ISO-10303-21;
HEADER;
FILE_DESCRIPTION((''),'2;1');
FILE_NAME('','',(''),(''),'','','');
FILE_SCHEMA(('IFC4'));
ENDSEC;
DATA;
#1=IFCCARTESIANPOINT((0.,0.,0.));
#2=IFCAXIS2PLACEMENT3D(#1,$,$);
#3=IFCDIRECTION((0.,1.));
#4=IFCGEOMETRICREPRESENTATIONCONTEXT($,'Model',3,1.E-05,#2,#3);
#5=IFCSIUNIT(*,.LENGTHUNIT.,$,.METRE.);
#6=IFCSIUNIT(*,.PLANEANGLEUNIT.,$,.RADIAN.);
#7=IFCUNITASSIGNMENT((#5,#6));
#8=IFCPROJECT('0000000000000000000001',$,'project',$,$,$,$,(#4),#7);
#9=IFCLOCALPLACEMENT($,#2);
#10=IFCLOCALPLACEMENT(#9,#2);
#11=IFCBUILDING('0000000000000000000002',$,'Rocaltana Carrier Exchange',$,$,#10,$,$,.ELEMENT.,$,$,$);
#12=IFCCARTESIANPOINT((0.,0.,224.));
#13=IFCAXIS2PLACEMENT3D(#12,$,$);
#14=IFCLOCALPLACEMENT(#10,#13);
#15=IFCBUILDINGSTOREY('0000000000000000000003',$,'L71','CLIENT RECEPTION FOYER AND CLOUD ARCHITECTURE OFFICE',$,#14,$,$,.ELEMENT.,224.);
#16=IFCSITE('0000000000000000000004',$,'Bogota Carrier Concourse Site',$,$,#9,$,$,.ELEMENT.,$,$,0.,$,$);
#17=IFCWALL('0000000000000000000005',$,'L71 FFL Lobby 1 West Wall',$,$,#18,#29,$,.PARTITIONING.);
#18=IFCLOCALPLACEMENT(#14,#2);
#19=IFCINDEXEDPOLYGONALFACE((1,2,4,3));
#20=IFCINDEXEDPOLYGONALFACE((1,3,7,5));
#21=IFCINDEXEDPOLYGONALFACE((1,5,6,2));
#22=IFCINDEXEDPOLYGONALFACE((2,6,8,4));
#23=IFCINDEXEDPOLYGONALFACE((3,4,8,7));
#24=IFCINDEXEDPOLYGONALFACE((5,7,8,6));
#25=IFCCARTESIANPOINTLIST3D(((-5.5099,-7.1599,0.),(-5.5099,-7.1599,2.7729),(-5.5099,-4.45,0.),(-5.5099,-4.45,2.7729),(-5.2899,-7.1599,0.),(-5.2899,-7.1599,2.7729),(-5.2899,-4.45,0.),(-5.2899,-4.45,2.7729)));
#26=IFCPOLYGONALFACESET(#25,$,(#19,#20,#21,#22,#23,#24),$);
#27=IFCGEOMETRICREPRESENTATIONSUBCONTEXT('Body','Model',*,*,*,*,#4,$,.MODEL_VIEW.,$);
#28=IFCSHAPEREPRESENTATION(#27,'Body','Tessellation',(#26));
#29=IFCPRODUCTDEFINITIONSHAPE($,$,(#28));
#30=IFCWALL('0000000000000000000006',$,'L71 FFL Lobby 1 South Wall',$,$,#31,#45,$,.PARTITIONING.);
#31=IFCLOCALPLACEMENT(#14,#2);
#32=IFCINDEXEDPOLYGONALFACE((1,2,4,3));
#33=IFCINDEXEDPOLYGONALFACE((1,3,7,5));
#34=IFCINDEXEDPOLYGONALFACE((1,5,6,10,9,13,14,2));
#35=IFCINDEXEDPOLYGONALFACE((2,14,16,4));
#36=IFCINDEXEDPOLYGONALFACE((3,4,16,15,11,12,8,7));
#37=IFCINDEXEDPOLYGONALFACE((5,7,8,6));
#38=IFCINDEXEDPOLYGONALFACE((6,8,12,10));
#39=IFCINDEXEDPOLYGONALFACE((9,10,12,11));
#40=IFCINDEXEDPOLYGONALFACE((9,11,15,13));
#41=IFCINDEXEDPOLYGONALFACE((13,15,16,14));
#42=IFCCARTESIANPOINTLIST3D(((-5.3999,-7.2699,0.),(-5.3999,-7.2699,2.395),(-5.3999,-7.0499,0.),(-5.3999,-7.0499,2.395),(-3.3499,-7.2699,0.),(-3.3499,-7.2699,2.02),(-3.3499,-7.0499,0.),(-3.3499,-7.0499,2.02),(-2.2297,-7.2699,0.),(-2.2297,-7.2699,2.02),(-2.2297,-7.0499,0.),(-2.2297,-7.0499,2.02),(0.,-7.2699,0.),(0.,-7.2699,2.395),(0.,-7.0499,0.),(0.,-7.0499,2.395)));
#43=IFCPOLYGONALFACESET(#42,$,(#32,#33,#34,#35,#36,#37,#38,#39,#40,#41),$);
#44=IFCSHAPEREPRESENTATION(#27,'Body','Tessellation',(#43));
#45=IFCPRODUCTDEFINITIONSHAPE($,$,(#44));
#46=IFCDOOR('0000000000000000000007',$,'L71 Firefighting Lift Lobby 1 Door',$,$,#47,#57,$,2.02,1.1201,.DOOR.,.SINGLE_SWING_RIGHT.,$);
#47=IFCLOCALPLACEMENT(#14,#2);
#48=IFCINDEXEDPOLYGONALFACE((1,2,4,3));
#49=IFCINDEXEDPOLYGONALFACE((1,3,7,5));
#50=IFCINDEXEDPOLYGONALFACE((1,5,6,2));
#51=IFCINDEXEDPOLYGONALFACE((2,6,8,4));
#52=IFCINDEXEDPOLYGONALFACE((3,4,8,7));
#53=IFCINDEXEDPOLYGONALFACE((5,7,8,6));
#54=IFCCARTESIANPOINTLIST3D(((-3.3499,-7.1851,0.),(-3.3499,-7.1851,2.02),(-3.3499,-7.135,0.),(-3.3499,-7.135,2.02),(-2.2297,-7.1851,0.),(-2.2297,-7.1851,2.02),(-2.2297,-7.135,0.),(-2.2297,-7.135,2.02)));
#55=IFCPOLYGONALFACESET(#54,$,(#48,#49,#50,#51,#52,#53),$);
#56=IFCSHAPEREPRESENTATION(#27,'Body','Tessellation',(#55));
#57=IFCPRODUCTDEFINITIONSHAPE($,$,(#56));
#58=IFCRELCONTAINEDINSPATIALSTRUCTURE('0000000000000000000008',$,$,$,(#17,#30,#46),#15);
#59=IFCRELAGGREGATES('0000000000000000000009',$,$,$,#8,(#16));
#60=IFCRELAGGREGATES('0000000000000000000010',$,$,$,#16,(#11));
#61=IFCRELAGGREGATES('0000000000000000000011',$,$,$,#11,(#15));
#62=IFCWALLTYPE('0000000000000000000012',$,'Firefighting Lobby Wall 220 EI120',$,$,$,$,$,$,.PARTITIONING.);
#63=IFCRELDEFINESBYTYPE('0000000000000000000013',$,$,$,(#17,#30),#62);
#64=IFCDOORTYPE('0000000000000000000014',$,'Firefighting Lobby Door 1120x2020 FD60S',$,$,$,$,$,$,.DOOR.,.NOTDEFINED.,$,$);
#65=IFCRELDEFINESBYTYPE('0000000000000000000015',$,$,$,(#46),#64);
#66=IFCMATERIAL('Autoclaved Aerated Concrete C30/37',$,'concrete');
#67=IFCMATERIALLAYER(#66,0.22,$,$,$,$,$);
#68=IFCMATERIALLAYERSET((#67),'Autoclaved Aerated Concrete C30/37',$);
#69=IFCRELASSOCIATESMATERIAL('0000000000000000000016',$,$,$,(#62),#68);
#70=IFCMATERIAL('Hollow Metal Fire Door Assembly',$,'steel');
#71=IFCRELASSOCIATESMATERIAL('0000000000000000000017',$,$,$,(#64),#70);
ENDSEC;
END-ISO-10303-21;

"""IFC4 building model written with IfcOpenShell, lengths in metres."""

from ifc_helpers import new_model, si_unit, direction, frame, frame_2d, origin, place, context, subcontext, project, spatial, rectangle, extrude, material, layer, layer_set, type_object, element, fill, save


model = new_model("IFC4")

# Units and contexts
model_context = context("Model", 3, precision=1e-05, world=origin(), true_north=direction((0.0, 1.0)))
body_context = subcontext(model_context, "Body", "Model", "MODEL_VIEW")
ifc_project = project(units=[si_unit("LENGTHUNIT", "METRE"), si_unit("PLANEANGLEUNIT", "RADIAN")], contexts=[model_context])

# Site, building, storey
site_placement = place(None, origin())
site = spatial("IfcSite", under=ifc_project, at=site_placement, Name="Bogota Carrier Concourse Site", CompositionType="ELEMENT", RefElevation=0.0)
building_placement = place(site_placement, origin())
building = spatial("IfcBuilding", under=site, at=building_placement, Name="Rocaltana Carrier Exchange", CompositionType="ELEMENT")
storey_placement = place(building_placement, frame((0.0, 0.0, 224.0)))
storey = spatial("IfcBuildingStorey", under=building, at=storey_placement, Name="L71", Description="CLIENT RECEPTION FOYER AND CLOUD ARCHITECTURE OFFICE", CompositionType="ELEMENT", Elevation=224.0)

# Wall
ifc_material_1 = material(Name="Autoclaved Aerated Concrete C30/37", Category="concrete")
ifc_layer_1 = layer(ifc_material_1, 0.22)
ifc_layer_set_1 = layer_set([ifc_layer_1], Name="Autoclaved Aerated Concrete C30/37")
wall_type_1 = type_object("IfcWallType", Name="Firefighting Lobby Wall 220 EI120", PredefinedType="PARTITIONING", material=ifc_layer_set_1)
wall_1_placement = place(storey_placement, frame((-5.3999, -7.1599, 0.0), z_axis=(0.0, 0.0, 1.0), x_axis=(0.0, 1.0, 0.0)))
element("IfcWall", 1, at=wall_1_placement, inside=storey, type_object=wall_type_1, Name="L71 FFL Lobby 1 West Wall", PredefinedType="PARTITIONING", context=body_context, shape_type="SweptSolid", body=[
    extrude(rectangle(XDim=2.71, YDim=0.22, at=frame_2d((1.355, 0.0))), origin(), (0.0, 0.0, 1.0), 2.7729),
])

# Wall, opening, door
wall_2_placement = place(storey_placement, frame((-5.3999, -7.1599, 0.0), z_axis=(0.0, 0.0, 1.0), x_axis=(1.0, 0.0, 0.0)))
wall_2 = element("IfcWall", 2, at=wall_2_placement, inside=storey, type_object=wall_type_1, Name="L71 FFL Lobby 1 South Wall", PredefinedType="PARTITIONING", context=body_context, shape_type="SweptSolid", body=[
    extrude(rectangle(XDim=5.3999, YDim=0.22, at=frame_2d((2.7, 0.0))), origin(), (0.0, 0.0, 1.0), 2.395),
])
opening_1_placement = place(wall_2_placement, frame((2.05, 0.0, 0.0)))
opening_1 = element("IfcOpeningElement", 3, at=opening_1_placement, cuts=wall_2, PredefinedType="OPENING", context=body_context, shape_type="SweptSolid", body=[
    extrude(rectangle(XDim=1.1201, YDim=2.02, at=frame_2d((0.5601, 1.01))), frame((0.0, 0.1199, 0.0), z_axis=(0.0, -1.0, 0.0), x_axis=(1.0, 0.0, 0.0)), (0.0, 0.0, 1.0), 0.24),
])
ifc_material_2 = material(Name="Hollow Metal Fire Door Assembly", Category="steel")
door_type_1 = type_object("IfcDoorType", Name="Firefighting Lobby Door 1120x2020 FD60S", OperationType="NOTDEFINED", PredefinedType="DOOR", material=ifc_material_2)
door_1_placement = place(opening_1_placement, origin())
door_1 = element("IfcDoor", 4, at=door_1_placement, inside=storey, type_object=door_type_1, Name="L71 Firefighting Lift Lobby 1 Door", OperationType="SINGLE_SWING_RIGHT", OverallHeight=2.02, OverallWidth=1.1201, PredefinedType="DOOR", context=body_context, shape_type="SweptSolid", body=[
    extrude(rectangle(XDim=1.1201, YDim=2.02, at=frame_2d((0.5601, 1.01))), frame((0.0, 0.0249, 0.0), z_axis=(0.0, -1.0, 0.0), x_axis=(1.0, 0.0, 0.0)), (0.0, 0.0, 1.0), 0.05),
])
fill(opening_1, door_1)

save(model, "model.ifc")
